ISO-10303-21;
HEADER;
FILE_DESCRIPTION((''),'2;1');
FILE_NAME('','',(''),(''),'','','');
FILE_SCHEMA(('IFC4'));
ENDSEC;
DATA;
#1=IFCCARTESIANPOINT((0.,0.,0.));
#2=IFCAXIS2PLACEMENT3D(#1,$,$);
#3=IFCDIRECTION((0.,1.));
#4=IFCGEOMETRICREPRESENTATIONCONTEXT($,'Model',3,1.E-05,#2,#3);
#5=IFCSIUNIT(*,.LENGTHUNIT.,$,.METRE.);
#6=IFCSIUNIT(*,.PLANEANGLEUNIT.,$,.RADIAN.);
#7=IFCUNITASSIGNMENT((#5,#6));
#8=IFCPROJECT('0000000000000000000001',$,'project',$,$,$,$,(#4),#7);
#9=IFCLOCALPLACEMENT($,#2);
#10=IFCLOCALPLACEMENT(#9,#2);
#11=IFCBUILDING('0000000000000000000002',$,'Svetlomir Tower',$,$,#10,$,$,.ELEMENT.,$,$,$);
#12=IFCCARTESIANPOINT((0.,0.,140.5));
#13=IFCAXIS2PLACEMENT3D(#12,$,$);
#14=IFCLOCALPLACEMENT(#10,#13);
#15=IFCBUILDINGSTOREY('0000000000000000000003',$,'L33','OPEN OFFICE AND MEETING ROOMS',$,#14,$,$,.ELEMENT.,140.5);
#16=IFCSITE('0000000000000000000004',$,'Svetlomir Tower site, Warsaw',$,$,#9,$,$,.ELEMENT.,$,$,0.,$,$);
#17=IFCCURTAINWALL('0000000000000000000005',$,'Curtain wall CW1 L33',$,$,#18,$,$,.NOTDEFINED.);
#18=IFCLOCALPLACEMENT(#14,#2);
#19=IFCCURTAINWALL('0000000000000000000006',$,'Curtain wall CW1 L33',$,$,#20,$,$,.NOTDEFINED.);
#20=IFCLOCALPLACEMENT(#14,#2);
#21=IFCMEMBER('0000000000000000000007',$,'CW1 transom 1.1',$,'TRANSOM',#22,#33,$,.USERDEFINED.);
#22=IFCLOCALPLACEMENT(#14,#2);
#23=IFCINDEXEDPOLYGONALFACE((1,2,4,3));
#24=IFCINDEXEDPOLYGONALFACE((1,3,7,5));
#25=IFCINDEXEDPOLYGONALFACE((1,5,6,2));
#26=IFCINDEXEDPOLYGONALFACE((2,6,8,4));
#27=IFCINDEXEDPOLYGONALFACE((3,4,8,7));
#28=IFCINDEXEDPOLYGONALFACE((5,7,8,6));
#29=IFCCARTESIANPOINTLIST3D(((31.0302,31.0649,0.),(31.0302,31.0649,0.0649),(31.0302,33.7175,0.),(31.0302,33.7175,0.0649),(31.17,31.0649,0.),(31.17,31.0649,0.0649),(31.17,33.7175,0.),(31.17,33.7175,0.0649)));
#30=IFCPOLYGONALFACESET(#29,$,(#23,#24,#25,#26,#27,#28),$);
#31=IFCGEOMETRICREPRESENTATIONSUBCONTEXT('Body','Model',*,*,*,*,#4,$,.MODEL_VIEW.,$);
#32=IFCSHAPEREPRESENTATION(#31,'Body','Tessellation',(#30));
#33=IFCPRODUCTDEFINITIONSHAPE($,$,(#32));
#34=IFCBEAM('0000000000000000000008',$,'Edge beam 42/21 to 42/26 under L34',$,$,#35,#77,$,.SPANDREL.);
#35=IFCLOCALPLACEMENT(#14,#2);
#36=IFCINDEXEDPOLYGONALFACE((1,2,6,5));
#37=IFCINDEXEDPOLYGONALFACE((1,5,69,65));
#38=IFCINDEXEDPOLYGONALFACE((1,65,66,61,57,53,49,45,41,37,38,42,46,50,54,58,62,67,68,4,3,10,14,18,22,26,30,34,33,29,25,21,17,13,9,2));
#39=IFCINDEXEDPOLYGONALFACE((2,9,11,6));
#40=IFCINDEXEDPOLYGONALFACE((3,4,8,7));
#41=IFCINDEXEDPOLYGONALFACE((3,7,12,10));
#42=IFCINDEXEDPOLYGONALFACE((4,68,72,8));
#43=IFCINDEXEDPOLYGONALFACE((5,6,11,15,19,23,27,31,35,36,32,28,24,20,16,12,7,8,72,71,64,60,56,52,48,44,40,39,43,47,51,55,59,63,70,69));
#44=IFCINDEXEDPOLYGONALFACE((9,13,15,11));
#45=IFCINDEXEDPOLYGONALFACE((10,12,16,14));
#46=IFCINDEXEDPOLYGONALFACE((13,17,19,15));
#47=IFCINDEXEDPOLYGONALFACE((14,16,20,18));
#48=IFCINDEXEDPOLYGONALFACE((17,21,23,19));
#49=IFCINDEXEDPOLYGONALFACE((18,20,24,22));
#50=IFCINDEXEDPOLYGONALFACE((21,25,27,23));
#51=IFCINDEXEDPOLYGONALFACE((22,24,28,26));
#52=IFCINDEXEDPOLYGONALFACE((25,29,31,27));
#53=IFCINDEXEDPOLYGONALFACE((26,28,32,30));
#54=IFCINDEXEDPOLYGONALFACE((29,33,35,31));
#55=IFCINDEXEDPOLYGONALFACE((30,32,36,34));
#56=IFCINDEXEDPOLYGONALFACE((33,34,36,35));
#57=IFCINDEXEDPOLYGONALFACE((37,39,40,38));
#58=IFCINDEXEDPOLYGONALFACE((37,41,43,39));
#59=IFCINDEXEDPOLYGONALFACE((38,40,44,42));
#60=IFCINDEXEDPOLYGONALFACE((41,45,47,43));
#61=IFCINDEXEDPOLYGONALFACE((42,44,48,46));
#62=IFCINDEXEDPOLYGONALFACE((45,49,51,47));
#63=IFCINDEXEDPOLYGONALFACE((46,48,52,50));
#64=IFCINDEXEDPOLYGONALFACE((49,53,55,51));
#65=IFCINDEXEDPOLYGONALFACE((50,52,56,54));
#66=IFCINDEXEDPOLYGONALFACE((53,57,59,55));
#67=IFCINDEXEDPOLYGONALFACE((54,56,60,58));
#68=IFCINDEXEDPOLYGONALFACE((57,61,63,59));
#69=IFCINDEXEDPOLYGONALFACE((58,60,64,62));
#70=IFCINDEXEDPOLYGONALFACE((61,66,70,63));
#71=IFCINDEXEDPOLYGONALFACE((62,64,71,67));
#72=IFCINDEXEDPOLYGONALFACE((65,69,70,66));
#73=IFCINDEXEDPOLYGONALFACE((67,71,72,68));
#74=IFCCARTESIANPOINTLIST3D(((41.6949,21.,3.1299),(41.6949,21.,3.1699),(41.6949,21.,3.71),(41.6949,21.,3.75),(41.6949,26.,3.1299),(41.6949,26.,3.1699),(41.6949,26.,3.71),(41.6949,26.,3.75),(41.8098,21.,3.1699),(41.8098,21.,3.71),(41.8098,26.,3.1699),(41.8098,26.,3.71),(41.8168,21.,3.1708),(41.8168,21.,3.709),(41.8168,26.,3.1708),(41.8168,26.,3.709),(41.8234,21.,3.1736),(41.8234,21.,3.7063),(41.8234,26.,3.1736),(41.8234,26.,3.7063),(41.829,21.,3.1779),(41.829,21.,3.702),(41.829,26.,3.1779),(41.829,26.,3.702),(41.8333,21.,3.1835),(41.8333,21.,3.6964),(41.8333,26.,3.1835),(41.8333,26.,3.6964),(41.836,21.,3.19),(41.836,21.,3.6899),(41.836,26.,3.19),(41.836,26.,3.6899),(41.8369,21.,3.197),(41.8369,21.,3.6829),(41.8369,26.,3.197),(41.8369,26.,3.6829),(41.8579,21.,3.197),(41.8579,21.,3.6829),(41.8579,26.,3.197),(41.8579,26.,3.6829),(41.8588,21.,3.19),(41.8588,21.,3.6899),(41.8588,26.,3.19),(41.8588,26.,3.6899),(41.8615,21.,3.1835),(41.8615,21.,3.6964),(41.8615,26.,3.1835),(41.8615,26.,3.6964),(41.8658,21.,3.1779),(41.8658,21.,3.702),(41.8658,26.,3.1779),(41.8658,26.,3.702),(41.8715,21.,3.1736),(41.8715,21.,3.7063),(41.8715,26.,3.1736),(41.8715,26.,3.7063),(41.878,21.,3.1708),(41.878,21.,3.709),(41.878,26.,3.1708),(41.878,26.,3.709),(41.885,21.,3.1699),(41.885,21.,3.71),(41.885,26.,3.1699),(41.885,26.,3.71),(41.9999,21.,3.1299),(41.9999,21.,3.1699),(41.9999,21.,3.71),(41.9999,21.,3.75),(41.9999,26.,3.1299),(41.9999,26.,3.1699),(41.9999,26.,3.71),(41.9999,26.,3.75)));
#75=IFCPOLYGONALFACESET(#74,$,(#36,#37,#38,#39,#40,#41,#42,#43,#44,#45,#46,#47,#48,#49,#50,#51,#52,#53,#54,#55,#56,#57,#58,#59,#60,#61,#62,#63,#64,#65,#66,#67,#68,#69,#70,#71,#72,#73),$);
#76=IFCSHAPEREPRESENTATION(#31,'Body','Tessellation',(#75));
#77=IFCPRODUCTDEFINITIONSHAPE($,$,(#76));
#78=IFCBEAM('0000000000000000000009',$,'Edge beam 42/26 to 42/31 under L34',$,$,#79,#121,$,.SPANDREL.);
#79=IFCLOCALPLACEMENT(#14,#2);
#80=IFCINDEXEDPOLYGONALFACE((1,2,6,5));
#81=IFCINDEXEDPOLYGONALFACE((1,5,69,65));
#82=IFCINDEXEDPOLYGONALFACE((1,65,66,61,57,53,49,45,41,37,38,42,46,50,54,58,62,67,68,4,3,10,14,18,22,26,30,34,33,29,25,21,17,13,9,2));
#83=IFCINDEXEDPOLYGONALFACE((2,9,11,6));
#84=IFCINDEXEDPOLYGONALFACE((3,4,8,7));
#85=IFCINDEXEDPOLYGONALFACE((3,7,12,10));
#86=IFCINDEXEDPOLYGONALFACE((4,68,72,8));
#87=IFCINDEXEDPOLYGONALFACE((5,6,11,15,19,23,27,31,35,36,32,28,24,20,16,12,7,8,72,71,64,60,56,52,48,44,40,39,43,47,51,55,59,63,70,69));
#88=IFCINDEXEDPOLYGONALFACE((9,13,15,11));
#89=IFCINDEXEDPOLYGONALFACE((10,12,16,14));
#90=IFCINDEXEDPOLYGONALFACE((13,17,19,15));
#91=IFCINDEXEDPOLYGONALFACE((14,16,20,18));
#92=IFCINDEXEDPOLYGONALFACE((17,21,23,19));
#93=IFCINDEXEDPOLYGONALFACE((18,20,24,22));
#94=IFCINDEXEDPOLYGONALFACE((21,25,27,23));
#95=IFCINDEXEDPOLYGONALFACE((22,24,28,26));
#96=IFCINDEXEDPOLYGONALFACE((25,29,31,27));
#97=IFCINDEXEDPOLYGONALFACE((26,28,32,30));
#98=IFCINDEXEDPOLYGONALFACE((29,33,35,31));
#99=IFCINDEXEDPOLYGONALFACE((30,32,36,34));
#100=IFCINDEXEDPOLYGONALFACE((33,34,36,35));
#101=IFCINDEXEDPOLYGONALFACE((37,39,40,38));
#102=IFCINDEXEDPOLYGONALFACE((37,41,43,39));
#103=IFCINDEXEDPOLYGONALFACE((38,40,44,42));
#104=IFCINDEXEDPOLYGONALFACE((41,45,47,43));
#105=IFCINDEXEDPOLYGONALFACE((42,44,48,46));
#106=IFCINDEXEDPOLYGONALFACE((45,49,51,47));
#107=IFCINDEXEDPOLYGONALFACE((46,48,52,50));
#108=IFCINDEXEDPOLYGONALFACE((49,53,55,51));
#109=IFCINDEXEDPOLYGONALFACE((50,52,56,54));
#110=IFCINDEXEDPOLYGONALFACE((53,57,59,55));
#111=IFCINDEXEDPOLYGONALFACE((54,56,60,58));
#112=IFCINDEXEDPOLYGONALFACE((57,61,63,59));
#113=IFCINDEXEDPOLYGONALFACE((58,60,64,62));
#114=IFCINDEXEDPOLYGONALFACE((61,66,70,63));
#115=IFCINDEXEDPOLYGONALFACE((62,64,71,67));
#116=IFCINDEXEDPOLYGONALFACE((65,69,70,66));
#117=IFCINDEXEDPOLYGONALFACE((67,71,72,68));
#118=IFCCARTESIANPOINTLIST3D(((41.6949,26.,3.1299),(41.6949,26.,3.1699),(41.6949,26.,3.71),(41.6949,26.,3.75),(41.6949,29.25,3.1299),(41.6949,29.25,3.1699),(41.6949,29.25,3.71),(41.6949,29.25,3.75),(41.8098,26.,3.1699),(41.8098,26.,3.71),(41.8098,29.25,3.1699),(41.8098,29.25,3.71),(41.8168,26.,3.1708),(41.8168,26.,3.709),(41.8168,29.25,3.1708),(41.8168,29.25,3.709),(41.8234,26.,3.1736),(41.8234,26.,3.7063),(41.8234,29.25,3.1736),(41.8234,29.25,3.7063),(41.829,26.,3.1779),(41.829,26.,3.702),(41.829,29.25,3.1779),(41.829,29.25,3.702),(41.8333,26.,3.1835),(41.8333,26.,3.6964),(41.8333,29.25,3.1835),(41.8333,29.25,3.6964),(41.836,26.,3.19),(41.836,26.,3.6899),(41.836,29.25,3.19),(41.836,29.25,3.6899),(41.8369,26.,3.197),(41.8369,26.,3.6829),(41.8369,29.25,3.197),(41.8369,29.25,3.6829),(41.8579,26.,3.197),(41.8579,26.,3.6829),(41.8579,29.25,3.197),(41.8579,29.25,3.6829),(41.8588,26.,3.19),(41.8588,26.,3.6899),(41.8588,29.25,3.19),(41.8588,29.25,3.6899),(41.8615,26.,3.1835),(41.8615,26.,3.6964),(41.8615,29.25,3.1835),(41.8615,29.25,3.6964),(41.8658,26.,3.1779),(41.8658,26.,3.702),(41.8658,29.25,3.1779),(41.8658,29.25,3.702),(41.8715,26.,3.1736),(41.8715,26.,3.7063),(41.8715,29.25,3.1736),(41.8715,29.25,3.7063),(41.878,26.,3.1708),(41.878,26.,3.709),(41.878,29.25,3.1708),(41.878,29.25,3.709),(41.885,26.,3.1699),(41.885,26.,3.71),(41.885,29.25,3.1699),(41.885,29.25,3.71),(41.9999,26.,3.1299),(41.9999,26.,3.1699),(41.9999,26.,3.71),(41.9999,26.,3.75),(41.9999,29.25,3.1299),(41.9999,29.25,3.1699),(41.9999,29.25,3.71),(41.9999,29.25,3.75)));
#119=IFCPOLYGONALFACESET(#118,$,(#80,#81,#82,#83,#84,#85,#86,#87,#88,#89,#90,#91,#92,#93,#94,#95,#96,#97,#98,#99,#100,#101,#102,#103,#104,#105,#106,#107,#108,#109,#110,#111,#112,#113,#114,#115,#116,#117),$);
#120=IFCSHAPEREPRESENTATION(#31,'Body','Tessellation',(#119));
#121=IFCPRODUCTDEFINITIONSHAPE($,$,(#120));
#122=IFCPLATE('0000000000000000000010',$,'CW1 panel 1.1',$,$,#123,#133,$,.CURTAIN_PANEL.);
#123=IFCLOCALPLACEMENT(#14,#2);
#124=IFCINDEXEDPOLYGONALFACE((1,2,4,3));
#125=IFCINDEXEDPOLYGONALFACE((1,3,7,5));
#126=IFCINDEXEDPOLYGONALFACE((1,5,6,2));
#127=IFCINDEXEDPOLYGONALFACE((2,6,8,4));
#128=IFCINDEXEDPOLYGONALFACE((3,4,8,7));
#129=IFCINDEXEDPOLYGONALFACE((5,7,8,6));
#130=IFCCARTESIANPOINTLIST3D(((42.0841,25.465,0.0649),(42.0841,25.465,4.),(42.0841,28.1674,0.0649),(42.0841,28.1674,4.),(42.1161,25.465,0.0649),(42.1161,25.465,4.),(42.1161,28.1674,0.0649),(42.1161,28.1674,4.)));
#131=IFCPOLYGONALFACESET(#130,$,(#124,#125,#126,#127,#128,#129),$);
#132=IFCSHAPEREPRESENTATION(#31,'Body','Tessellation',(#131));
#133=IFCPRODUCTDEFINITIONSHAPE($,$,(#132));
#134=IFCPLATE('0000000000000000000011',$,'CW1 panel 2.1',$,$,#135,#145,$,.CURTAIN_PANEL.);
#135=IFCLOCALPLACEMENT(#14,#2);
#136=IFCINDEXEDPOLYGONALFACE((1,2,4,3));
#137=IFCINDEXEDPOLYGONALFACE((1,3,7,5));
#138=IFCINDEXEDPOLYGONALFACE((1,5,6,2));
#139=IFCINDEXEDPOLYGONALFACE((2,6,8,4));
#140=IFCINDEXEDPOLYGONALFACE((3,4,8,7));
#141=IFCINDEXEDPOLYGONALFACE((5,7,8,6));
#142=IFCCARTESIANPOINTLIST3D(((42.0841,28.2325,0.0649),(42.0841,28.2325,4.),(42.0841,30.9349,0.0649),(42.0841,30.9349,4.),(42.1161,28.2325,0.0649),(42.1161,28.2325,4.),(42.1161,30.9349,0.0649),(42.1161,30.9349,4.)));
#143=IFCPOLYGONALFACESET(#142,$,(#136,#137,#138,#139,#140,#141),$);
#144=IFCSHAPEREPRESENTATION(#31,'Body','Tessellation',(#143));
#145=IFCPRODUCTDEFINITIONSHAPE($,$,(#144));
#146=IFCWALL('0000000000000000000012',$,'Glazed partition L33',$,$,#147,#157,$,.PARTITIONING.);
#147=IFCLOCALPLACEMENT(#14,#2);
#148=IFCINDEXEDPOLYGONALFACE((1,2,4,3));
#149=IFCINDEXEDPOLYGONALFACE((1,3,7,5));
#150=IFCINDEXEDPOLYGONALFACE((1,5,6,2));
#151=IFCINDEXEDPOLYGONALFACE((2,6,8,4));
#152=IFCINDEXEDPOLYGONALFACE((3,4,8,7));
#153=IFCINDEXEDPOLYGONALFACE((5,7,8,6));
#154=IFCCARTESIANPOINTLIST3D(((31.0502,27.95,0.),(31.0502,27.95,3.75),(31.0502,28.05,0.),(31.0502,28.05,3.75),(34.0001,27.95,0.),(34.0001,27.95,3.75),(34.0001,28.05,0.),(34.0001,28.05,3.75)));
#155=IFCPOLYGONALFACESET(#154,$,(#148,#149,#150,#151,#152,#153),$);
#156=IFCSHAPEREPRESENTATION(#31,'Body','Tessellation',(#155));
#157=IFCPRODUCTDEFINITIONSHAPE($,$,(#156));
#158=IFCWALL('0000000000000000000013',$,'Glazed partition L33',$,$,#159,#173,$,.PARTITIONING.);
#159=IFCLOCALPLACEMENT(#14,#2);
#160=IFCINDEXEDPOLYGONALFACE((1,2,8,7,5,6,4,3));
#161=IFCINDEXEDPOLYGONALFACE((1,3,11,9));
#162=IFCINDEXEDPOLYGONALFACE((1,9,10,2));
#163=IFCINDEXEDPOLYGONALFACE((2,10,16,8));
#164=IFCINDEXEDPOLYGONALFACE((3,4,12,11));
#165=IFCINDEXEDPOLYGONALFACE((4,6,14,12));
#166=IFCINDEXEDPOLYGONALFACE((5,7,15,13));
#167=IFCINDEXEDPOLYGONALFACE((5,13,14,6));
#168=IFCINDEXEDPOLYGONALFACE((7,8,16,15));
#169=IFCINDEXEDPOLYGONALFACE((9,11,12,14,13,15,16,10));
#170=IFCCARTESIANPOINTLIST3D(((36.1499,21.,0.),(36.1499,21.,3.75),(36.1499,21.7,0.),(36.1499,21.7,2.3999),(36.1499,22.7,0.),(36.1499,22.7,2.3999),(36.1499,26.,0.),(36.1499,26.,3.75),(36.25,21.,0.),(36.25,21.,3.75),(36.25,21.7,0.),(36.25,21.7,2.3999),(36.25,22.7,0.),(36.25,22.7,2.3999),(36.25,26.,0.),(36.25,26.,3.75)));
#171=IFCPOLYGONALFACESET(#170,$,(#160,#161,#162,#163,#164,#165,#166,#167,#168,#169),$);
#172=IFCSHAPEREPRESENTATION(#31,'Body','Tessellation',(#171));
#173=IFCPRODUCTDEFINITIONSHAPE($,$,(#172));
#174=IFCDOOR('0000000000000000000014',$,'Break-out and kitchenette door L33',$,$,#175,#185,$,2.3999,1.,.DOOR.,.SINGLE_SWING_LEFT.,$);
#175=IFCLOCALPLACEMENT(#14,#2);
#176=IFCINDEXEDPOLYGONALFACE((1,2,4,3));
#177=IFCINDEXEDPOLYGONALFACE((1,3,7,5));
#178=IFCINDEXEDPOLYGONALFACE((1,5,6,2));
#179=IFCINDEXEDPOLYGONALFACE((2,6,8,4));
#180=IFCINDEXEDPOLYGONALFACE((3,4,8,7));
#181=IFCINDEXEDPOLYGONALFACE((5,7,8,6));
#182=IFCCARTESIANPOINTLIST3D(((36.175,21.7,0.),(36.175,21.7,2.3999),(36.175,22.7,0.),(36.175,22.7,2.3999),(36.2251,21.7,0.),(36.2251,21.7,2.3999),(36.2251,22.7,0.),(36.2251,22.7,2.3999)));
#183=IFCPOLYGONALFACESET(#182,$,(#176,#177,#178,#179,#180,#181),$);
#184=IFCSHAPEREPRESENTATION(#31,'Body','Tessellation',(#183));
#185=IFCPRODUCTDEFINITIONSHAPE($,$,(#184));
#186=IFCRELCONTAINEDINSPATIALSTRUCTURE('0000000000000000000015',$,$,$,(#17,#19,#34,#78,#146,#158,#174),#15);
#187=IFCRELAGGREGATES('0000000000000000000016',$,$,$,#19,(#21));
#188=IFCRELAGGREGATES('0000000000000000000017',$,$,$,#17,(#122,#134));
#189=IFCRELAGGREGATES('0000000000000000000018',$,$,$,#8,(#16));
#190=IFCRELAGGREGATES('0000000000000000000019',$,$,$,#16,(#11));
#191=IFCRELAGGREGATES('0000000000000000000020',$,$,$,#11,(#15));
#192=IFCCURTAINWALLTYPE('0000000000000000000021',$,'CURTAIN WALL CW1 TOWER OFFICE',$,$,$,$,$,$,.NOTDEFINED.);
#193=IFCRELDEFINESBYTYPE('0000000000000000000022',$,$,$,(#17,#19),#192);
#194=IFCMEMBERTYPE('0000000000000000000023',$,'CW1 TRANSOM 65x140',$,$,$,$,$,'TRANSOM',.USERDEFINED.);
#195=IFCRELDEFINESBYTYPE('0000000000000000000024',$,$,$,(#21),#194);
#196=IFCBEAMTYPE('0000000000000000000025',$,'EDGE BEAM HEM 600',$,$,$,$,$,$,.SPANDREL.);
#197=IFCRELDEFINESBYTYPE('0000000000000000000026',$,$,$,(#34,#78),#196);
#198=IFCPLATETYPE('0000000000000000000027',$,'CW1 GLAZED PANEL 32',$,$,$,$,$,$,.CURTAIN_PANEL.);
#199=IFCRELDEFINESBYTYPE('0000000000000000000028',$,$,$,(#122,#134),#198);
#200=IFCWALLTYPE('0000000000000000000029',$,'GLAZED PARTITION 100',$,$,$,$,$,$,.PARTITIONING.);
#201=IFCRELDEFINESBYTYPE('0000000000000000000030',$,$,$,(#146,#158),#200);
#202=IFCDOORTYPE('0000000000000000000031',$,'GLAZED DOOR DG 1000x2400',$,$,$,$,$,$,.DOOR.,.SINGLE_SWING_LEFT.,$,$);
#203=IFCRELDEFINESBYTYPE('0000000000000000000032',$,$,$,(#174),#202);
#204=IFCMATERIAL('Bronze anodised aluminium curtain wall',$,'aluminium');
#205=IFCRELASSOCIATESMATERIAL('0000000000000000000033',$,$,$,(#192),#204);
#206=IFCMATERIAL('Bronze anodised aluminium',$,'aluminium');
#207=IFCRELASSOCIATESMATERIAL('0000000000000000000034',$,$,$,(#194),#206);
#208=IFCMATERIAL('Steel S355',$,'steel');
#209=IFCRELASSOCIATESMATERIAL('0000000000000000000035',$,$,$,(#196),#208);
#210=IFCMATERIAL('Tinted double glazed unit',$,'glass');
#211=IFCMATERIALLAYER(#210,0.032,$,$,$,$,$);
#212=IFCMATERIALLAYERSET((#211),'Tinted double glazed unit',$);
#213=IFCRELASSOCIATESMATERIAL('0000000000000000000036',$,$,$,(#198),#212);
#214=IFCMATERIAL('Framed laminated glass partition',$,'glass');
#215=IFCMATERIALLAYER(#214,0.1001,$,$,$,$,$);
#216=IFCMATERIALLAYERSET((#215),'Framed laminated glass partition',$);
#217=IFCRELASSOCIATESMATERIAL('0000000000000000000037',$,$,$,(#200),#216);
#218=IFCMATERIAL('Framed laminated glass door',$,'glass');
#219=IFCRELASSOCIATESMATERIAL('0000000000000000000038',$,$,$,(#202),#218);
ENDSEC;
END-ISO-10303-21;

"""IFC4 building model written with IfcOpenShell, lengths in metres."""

from ifc_helpers import new_model, si_unit, direction, frame, frame_2d, origin, origin_2d, place, context, subcontext, project, spatial, rectangle, i_section, extrude, material, layer, layer_set, material_profile, profile_set, type_object, element, fill, aggregate, save


model = new_model("IFC4")

# Units and contexts
model_context = context("Model", 3, precision=1e-05, world=origin(), true_north=direction((0.0, 1.0)))
body_context = subcontext(model_context, "Body", "Model", "MODEL_VIEW")
ifc_project = project(units=[si_unit("LENGTHUNIT", "METRE"), si_unit("PLANEANGLEUNIT", "RADIAN")], contexts=[model_context])

# Site, building, storey
site_placement = place(None, origin())
site = spatial("IfcSite", under=ifc_project, at=site_placement, Name="Svetlomir Tower site, Warsaw", CompositionType="ELEMENT", RefElevation=0.0)
building_placement = place(site_placement, origin())
building = spatial("IfcBuilding", under=site, at=building_placement, Name="Svetlomir Tower", CompositionType="ELEMENT")
storey_placement = place(building_placement, frame((0.0, 0.0, 140.5)))
storey = spatial("IfcBuildingStorey", under=building, at=storey_placement, Name="L33", Description="OPEN OFFICE AND MEETING ROOMS", CompositionType="ELEMENT", Elevation=140.5)

# Curtain wall
ifc_material_1 = material(Name="Bronze anodised aluminium curtain wall", Category="aluminium")
curtain_wall_type = type_object("IfcCurtainWallType", Name="CURTAIN WALL CW1 TOWER OFFICE", PredefinedType="NOTDEFINED", material=ifc_material_1)
curtain_wall_1_placement = place(storey_placement, origin())
curtain_wall_1 = element("IfcCurtainWall", 1, at=curtain_wall_1_placement, inside=storey, type_object=curtain_wall_type, Name="Curtain wall CW1 L33", PredefinedType="NOTDEFINED")

# Curtain wall
curtain_wall_2_placement = place(storey_placement, origin())
curtain_wall_2 = element("IfcCurtainWall", 2, at=curtain_wall_2_placement, inside=storey, type_object=curtain_wall_type, Name="Curtain wall CW1 L33", PredefinedType="NOTDEFINED")

# Member
ifc_material_2 = material(Name="Bronze anodised aluminium", Category="aluminium")
ifc_material_profile_1 = material_profile(ifc_material_2, rectangle(XDim=0.1399, YDim=0.0649, at=origin_2d()), Name="AL 140x65")
ifc_profile_set_1 = profile_set([ifc_material_profile_1], Name="Bronze anodised aluminium 6063-T6")
member_type_1 = type_object("IfcMemberType", Name="CW1 TRANSOM 65x140", ElementType="TRANSOM", PredefinedType="USERDEFINED", material=ifc_profile_set_1)
member_1_placement = place(storey_placement, frame((31.1001, 31.0649, 0.0325), z_axis=(0.0, 1.0, 0.0), x_axis=(-1.0, 0.0, 0.0)))
member_1 = element("IfcMember", 3, at=member_1_placement, type_object=member_type_1, Name="CW1 transom 1.1", ObjectType="TRANSOM", PredefinedType="USERDEFINED", context=body_context, shape_type="SweptSolid", body=[
    extrude(rectangle(XDim=0.1399, YDim=0.0649, at=origin_2d()), origin(), (0.0, 0.0, 1.0), 2.6526),
])
aggregate(curtain_wall_2, [member_1])

# Beams
ifc_material_3 = material(Name="Steel S355", Category="steel")
ifc_material_profile_2 = material_profile(ifc_material_3, i_section(OverallWidth=0.3049, OverallDepth=0.6201, WebThickness=0.021, FlangeThickness=0.04, FilletRadius=0.0271, at=origin_2d()), Name="HEM 600")
ifc_profile_set_2 = profile_set([ifc_material_profile_2], Name="Steel S355")
beam_type_1 = type_object("IfcBeamType", Name="EDGE BEAM HEM 600", PredefinedType="SPANDREL", material=ifc_profile_set_2)
beam_1_placement = place(storey_placement, frame((41.8474, 21.0, 3.4399), z_axis=(0.0, 1.0, 0.0), x_axis=(-1.0, 0.0, 0.0)))
element("IfcBeam", 4, at=beam_1_placement, inside=storey, type_object=beam_type_1, Name="Edge beam 42/21 to 42/26 under L34", PredefinedType="SPANDREL", context=body_context, shape_type="SweptSolid", body=[
    extrude(i_section(OverallWidth=0.3049, OverallDepth=0.6201, WebThickness=0.021, FlangeThickness=0.04, FilletRadius=0.0271, at=origin_2d()), origin(), (0.0, 0.0, 1.0), 5.0),
])
beam_2_placement = place(storey_placement, frame((41.8474, 26.0, 3.4399), z_axis=(0.0, 1.0, 0.0), x_axis=(-1.0, 0.0, 0.0)))
element("IfcBeam", 5, at=beam_2_placement, inside=storey, type_object=beam_type_1, Name="Edge beam 42/26 to 42/31 under L34", PredefinedType="SPANDREL", context=body_context, shape_type="SweptSolid", body=[
    extrude(i_section(OverallWidth=0.3049, OverallDepth=0.6201, WebThickness=0.021, FlangeThickness=0.04, FilletRadius=0.0271, at=origin_2d()), origin(), (0.0, 0.0, 1.0), 3.25),
])

# Plates
ifc_material_4 = material(Name="Tinted double glazed unit", Category="glass")
ifc_layer_1 = layer(ifc_material_4, 0.032)
ifc_layer_set_1 = layer_set([ifc_layer_1], Name="Tinted double glazed unit")
plate_type = type_object("IfcPlateType", Name="CW1 GLAZED PANEL 32", PredefinedType="CURTAIN_PANEL", material=ifc_layer_set_1)
plate_1_placement = place(storey_placement, frame((42.1001, 26.8162, 0.0649), z_axis=(0.0, 0.0, 1.0), x_axis=(0.0, 1.0, 0.0)))
plate_1 = element("IfcPlate", 6, at=plate_1_placement, type_object=plate_type, Name="CW1 panel 1.1", PredefinedType="CURTAIN_PANEL", context=body_context, shape_type="SweptSolid", body=[
    extrude(rectangle(XDim=2.7024, YDim=0.032, at=origin_2d()), origin(), (0.0, 0.0, 1.0), 3.9351),
])
plate_2_placement = place(storey_placement, frame((42.1001, 29.5837, 0.0649), z_axis=(0.0, 0.0, 1.0), x_axis=(0.0, 1.0, 0.0)))
plate_2 = element("IfcPlate", 7, at=plate_2_placement, type_object=plate_type, Name="CW1 panel 2.1", PredefinedType="CURTAIN_PANEL", context=body_context, shape_type="SweptSolid", body=[
    extrude(rectangle(XDim=2.7024, YDim=0.032, at=origin_2d()), origin(), (0.0, 0.0, 1.0), 3.9351),
])
aggregate(curtain_wall_1, [plate_1, plate_2])

# Wall
ifc_material_5 = material(Name="Framed laminated glass partition", Category="glass")
ifc_layer_2 = layer(ifc_material_5, 0.1001)
ifc_layer_set_2 = layer_set([ifc_layer_2], Name="Framed laminated glass partition")
wall_type_1 = type_object("IfcWallType", Name="GLAZED PARTITION 100", PredefinedType="PARTITIONING", material=ifc_layer_set_2)
wall_1_placement = place(storey_placement, frame((31.05, 28.0, 0.0), z_axis=(0.0, 0.0, 1.0), x_axis=(1.0, 0.0, 0.0)))
element("IfcWall", 8, at=wall_1_placement, inside=storey, type_object=wall_type_1, Name="Glazed partition L33", PredefinedType="PARTITIONING", context=body_context, shape_type="SweptSolid", body=[
    extrude(rectangle(XDim=2.95, YDim=0.1001, at=frame_2d((1.4751, 0.0))), origin(), (0.0, 0.0, 1.0), 3.75),
])

# Wall, opening, door
wall_2_placement = place(storey_placement, frame((36.2, 21.0, 0.0), z_axis=(0.0, 0.0, 1.0), x_axis=(0.0, 1.0, 0.0)))
wall_2 = element("IfcWall", 9, at=wall_2_placement, inside=storey, type_object=wall_type_1, Name="Glazed partition L33", PredefinedType="PARTITIONING", context=body_context, shape_type="SweptSolid", body=[
    extrude(rectangle(XDim=5.0, YDim=0.1001, at=frame_2d((2.5, 0.0))), origin(), (0.0, 0.0, 1.0), 3.75),
])
opening_1_placement = place(wall_2_placement, frame((0.7, 0.0, 0.0)))
opening_1 = element("IfcOpeningElement", 10, at=opening_1_placement, cuts=wall_2, PredefinedType="OPENING", context=body_context, shape_type="SweptSolid", body=[
    extrude(rectangle(XDim=1.0, YDim=2.3999, at=frame_2d((0.5, 1.2))), frame((0.0, 0.0601, 0.0), z_axis=(0.0, -1.0, 0.0), x_axis=(1.0, 0.0, 0.0)), (0.0, 0.0, 1.0), 0.1201),
])
ifc_material_6 = material(Name="Framed laminated glass door", Category="glass")
door_type_1 = type_object("IfcDoorType", Name="GLAZED DOOR DG 1000x2400", OperationType="SINGLE_SWING_LEFT", PredefinedType="DOOR", material=ifc_material_6)
door_1_placement = place(opening_1_placement, origin())
door_1 = element("IfcDoor", 11, at=door_1_placement, inside=storey, type_object=door_type_1, Name="Break-out and kitchenette door L33", OperationType="SINGLE_SWING_LEFT", OverallHeight=2.3999, OverallWidth=1.0, PredefinedType="DOOR", context=body_context, shape_type="SweptSolid", body=[
    extrude(rectangle(XDim=1.0, YDim=2.3999, at=frame_2d((0.5, 1.2))), frame((0.0, 0.0249, 0.0), z_axis=(0.0, -1.0, 0.0), x_axis=(1.0, 0.0, 0.0)), (0.0, 0.0, 1.0), 0.05),
])
fill(opening_1, door_1)

save(model, "model.ifc")
